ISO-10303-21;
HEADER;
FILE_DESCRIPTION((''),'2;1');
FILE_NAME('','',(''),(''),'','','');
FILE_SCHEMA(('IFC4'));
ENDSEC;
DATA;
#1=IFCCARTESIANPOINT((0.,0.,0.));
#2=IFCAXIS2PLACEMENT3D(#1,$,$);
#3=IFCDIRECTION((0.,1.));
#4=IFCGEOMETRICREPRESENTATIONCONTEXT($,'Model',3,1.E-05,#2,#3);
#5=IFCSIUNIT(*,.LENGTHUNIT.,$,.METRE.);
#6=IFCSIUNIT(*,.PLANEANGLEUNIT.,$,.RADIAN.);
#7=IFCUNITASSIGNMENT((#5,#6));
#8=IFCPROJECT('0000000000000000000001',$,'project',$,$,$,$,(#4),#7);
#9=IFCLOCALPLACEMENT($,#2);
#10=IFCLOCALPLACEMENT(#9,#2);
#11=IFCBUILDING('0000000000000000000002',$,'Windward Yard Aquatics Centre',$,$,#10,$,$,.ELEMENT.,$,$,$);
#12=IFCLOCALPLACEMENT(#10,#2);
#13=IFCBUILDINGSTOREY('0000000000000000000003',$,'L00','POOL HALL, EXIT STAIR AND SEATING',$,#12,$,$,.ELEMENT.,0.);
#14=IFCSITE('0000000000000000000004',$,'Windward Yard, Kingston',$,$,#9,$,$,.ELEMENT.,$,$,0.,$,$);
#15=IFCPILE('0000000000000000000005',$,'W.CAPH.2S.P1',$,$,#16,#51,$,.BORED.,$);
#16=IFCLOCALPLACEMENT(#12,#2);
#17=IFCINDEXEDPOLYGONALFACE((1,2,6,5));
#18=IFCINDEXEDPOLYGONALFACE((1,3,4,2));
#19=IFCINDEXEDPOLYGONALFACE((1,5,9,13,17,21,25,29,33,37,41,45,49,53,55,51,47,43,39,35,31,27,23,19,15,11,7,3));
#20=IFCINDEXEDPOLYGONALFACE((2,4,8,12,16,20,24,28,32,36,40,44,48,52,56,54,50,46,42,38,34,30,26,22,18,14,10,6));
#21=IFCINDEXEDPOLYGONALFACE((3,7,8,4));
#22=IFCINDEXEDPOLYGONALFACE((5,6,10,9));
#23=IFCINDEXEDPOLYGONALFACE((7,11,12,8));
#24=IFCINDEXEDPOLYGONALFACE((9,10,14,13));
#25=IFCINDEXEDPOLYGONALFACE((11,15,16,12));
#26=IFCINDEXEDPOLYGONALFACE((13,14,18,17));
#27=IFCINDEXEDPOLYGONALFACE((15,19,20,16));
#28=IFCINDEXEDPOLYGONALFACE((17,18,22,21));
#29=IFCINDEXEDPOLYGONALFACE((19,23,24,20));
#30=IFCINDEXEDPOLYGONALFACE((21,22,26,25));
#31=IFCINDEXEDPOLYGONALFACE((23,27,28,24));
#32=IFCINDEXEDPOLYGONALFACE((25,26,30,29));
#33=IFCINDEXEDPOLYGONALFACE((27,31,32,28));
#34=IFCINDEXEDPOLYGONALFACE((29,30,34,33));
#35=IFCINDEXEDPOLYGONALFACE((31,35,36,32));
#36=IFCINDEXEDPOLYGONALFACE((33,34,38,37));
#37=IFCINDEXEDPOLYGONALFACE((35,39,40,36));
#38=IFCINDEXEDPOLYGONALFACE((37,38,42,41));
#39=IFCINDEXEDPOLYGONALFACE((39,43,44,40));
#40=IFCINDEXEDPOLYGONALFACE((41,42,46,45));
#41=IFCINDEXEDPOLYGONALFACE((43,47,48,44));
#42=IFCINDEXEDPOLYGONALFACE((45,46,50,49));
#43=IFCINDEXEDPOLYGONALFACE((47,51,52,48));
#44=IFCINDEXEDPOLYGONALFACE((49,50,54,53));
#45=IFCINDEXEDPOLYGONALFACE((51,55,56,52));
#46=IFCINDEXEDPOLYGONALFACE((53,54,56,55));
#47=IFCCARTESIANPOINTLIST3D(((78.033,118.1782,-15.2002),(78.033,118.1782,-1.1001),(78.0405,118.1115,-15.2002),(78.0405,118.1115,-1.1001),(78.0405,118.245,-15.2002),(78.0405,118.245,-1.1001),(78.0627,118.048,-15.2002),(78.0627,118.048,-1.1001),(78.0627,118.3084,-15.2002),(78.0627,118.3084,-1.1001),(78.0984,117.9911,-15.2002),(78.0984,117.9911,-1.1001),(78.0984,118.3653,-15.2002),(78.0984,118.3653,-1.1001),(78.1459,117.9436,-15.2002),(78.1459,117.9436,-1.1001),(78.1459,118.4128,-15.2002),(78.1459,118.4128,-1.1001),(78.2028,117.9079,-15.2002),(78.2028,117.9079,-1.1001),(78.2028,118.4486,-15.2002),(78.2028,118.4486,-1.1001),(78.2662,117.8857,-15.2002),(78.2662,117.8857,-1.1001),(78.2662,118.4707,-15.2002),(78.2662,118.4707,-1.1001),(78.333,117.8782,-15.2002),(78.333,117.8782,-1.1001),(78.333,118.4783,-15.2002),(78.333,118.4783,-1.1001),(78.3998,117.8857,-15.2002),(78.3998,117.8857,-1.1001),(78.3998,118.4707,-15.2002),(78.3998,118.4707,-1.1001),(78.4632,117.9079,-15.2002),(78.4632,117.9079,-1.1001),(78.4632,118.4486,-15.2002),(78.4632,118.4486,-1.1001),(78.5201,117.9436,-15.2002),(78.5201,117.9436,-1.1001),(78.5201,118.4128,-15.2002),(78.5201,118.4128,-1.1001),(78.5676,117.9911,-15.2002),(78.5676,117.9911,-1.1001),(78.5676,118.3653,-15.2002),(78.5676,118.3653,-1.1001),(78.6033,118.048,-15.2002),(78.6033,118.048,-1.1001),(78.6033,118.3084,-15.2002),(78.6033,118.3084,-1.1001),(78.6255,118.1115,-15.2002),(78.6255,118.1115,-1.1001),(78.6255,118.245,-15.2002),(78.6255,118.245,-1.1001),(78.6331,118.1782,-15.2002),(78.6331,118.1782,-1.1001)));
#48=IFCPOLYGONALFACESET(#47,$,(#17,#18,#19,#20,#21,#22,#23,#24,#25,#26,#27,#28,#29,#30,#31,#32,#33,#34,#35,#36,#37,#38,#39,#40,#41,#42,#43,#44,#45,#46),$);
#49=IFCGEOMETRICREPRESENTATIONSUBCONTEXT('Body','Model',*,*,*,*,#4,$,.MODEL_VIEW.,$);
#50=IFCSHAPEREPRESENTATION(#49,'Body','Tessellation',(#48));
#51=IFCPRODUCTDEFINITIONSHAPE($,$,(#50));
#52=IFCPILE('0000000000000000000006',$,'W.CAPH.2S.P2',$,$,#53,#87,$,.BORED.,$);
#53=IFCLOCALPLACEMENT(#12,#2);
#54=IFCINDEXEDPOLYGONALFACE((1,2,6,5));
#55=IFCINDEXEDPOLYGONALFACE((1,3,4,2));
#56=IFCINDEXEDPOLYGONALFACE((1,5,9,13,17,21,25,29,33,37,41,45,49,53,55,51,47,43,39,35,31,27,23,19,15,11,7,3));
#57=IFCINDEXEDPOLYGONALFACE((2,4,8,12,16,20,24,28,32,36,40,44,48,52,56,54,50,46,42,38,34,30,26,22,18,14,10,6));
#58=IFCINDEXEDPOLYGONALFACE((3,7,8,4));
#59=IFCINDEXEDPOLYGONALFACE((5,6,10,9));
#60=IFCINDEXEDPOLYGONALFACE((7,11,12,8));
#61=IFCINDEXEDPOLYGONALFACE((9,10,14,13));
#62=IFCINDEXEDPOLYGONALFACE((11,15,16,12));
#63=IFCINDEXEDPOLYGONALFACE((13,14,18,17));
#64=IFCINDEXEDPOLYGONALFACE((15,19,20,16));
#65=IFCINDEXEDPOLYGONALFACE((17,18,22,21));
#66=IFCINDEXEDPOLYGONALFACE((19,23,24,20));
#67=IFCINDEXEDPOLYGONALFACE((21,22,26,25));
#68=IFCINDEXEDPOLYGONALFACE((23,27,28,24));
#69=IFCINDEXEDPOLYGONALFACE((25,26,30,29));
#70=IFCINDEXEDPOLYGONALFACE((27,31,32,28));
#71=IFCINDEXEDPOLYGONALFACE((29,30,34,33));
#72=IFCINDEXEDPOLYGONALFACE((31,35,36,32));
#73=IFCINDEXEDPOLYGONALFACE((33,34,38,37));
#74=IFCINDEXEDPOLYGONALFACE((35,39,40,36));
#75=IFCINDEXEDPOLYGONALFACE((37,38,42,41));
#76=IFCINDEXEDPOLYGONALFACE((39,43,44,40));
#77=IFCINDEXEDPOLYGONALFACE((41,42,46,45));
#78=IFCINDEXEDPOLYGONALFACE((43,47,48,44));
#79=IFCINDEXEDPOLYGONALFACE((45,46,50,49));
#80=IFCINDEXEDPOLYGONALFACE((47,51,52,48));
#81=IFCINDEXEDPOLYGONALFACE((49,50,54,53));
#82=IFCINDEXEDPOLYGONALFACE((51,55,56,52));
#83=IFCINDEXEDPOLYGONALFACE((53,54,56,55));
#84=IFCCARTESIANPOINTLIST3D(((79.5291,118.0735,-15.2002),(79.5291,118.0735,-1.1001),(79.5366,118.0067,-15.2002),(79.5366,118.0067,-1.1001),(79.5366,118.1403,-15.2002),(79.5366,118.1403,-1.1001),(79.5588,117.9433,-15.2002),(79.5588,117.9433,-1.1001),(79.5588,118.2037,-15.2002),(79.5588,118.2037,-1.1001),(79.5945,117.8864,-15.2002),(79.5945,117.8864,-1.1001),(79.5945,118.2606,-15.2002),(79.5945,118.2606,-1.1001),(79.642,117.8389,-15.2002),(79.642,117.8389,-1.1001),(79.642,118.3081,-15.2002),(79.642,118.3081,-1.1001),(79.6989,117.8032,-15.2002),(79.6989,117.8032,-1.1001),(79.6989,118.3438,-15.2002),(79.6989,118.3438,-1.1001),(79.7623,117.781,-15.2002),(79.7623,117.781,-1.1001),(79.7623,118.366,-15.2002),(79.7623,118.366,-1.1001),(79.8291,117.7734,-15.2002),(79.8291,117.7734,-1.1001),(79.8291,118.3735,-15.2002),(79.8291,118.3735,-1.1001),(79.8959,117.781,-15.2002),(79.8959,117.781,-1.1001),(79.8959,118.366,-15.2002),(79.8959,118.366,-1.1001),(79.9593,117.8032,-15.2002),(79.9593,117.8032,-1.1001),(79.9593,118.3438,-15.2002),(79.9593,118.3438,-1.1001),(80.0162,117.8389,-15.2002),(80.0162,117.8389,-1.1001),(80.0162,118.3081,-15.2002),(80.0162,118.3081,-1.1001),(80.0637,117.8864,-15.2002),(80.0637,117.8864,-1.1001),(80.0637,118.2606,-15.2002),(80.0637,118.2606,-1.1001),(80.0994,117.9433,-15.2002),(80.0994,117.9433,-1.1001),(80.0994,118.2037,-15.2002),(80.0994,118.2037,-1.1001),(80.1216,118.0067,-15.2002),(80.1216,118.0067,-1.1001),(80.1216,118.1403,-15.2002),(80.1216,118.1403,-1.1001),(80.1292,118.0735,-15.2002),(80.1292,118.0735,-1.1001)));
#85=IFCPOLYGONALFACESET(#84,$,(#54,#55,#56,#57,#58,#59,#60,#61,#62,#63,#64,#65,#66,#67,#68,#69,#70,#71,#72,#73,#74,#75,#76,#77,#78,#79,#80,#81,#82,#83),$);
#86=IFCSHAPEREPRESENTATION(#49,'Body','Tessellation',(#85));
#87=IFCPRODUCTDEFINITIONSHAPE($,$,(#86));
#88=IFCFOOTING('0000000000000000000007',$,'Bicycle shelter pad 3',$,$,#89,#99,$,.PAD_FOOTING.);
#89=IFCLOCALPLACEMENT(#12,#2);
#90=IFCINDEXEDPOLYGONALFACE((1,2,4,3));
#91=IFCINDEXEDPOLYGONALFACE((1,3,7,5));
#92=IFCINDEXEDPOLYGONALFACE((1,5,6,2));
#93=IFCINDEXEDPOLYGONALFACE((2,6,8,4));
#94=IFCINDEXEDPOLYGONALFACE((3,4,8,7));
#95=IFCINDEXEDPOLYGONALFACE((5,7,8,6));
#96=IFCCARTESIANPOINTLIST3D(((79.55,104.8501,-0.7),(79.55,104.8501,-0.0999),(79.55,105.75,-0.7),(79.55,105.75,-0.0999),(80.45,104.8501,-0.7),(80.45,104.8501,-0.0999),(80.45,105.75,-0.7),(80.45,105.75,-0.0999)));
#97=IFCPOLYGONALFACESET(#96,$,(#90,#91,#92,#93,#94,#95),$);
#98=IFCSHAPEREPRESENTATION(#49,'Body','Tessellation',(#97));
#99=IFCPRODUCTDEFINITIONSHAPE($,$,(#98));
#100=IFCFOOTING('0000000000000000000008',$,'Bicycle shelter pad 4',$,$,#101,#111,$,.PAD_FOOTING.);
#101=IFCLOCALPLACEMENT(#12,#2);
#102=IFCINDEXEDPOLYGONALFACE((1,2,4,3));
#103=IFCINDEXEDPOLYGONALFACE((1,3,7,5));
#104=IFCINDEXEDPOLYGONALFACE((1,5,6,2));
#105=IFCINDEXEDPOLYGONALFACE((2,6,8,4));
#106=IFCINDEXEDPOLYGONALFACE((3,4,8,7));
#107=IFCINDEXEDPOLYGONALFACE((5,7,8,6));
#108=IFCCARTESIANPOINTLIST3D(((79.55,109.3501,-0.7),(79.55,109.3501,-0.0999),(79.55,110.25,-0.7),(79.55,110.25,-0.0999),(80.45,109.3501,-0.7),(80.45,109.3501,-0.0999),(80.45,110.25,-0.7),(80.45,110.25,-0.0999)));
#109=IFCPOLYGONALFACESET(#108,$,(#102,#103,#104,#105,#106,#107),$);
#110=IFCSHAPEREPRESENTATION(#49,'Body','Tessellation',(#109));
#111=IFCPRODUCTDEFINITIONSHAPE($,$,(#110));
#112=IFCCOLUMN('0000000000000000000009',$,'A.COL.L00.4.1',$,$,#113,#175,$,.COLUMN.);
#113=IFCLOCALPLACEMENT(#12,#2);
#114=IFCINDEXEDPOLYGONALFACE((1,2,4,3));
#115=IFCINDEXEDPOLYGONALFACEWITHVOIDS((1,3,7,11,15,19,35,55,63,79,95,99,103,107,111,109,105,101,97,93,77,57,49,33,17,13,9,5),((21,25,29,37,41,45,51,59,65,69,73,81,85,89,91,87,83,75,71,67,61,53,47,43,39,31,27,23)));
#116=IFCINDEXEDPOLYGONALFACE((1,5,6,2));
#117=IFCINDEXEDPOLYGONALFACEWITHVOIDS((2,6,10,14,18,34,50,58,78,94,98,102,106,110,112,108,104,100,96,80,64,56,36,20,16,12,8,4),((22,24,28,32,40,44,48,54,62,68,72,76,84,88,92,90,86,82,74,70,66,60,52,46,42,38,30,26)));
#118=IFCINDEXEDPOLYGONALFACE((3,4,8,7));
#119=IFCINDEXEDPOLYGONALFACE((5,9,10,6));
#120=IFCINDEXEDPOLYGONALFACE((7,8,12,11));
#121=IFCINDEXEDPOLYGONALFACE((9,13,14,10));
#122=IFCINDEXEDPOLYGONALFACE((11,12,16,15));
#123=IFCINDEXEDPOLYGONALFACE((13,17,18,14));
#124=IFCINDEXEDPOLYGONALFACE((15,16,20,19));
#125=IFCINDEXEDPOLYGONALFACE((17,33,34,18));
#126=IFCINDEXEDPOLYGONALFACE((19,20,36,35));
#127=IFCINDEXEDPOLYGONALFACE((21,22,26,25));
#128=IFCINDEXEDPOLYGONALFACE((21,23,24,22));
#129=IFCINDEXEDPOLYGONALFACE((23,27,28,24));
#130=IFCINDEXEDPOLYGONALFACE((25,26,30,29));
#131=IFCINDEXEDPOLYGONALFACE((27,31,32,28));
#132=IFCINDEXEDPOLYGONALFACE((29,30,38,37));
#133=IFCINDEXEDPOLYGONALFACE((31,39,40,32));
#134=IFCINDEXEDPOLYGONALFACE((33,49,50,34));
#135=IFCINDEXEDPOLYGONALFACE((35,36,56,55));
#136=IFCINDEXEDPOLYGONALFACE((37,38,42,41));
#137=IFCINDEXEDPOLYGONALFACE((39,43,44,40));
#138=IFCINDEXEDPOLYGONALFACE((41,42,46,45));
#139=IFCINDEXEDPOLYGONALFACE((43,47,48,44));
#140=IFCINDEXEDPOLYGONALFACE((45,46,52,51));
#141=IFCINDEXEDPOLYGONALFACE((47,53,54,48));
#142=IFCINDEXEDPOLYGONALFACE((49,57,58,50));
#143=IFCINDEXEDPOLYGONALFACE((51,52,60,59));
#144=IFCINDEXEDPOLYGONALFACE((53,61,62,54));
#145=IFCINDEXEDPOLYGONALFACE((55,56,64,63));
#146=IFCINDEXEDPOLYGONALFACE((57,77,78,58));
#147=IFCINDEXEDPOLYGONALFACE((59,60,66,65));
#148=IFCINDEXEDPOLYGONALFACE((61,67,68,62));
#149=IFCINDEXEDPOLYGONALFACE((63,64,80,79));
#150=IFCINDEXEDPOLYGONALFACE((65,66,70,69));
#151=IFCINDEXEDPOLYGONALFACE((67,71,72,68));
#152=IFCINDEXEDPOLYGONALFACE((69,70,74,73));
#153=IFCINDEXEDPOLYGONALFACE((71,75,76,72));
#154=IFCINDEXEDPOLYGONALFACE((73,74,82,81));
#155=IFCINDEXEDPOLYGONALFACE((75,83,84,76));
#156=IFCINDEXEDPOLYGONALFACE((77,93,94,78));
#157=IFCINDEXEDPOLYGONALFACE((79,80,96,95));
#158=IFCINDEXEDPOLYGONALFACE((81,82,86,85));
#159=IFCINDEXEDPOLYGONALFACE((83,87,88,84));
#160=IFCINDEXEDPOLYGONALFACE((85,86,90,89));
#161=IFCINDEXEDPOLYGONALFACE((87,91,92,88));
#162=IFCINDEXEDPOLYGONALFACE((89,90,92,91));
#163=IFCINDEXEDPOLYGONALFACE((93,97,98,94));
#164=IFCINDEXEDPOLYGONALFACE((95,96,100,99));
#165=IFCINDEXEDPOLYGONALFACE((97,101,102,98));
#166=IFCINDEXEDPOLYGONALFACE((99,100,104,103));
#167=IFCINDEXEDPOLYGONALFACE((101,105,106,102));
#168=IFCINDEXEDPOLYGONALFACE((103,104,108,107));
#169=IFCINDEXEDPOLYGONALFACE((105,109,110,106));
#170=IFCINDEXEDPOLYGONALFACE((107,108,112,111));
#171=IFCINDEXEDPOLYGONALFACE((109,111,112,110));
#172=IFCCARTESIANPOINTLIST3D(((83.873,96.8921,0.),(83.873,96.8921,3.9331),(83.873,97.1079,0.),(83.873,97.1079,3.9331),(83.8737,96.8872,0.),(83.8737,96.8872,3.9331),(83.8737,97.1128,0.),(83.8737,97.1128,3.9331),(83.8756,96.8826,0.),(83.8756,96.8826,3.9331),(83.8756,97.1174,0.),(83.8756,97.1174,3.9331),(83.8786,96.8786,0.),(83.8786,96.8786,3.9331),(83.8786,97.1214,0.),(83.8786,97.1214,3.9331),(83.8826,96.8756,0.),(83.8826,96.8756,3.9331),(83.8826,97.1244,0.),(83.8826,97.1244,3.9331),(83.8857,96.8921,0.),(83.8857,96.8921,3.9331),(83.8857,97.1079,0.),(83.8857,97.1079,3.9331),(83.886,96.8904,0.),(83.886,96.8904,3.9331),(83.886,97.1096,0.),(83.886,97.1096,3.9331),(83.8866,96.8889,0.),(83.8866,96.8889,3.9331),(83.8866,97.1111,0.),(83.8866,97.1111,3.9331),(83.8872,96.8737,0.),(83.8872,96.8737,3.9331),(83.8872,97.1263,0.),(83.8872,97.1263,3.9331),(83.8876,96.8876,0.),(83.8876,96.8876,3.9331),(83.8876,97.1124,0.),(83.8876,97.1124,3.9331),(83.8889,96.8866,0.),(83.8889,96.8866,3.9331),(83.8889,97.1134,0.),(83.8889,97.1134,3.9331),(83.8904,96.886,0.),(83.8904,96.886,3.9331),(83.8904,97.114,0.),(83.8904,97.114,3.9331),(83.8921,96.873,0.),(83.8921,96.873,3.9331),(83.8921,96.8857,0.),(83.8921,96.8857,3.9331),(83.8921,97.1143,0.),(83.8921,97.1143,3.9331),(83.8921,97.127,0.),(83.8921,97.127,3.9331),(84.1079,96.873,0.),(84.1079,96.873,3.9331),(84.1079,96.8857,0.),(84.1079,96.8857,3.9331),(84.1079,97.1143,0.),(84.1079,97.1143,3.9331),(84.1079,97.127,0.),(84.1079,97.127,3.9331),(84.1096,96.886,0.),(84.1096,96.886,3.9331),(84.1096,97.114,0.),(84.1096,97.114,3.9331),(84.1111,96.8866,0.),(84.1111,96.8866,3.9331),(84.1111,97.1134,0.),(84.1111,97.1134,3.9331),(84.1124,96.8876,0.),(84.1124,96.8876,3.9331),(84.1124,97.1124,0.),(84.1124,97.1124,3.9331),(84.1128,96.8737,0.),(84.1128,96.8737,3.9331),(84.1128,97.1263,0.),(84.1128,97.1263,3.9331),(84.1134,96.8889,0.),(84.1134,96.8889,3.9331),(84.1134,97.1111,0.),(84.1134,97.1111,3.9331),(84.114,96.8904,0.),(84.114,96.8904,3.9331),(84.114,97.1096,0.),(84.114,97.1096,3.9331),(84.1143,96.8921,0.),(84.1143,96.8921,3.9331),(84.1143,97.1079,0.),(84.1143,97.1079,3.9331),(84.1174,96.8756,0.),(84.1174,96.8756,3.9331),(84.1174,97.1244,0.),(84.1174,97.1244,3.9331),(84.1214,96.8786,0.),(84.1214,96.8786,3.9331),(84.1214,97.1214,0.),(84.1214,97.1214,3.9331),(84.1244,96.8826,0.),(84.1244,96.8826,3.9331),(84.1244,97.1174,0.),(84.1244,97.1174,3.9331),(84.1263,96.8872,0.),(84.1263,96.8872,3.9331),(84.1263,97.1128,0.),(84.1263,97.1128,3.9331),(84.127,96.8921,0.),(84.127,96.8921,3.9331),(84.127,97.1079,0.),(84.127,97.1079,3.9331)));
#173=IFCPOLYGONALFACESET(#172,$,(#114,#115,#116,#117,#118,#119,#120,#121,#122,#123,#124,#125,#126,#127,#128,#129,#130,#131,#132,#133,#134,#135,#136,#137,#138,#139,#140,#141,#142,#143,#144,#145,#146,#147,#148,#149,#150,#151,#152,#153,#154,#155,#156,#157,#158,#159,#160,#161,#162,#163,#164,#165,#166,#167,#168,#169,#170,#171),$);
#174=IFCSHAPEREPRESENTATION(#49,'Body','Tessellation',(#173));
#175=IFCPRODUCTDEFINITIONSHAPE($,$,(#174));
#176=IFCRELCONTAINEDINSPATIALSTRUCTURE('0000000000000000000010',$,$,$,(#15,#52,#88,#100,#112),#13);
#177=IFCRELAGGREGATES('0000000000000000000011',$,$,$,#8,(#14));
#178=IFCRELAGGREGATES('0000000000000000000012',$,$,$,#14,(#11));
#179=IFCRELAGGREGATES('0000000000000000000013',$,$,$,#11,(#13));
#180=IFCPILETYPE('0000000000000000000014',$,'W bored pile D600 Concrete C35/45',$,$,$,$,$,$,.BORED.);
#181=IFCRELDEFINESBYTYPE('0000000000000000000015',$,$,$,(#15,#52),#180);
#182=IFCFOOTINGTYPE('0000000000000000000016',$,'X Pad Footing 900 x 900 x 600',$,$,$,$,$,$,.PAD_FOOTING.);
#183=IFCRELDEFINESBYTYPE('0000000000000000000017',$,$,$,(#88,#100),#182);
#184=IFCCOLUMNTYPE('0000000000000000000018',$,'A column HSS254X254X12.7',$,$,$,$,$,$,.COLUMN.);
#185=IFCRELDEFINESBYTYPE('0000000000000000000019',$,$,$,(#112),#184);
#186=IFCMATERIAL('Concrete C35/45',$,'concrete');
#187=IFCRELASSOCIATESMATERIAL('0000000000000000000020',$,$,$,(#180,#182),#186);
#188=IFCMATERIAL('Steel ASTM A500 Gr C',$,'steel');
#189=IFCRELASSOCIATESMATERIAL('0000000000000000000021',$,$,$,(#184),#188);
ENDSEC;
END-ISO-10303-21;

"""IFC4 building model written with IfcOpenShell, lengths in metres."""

from ifc_helpers import new_model, si_unit, direction, frame, origin, origin_2d, place, context, subcontext, project, spatial, rectangle, hollow_rectangle, circle, extrude, material, material_profile, profile_set, type_object, element, save


model = new_model("IFC4")

# Units and contexts
model_context = context("Model", 3, precision=1e-05, world=origin(), true_north=direction((0.0, 1.0)))
body_context = subcontext(model_context, "Body", "Model", "MODEL_VIEW")
ifc_project = project(units=[si_unit("LENGTHUNIT", "METRE"), si_unit("PLANEANGLEUNIT", "RADIAN")], contexts=[model_context])

# Site, building, storey
site_placement = place(None, origin())
site = spatial("IfcSite", under=ifc_project, at=site_placement, Name="Windward Yard, Kingston", CompositionType="ELEMENT", RefElevation=0.0)
building_placement = place(site_placement, origin())
building = spatial("IfcBuilding", under=site, at=building_placement, Name="Windward Yard Aquatics Centre", CompositionType="ELEMENT")
storey_placement = place(building_placement, origin())
storey = spatial("IfcBuildingStorey", under=building, at=storey_placement, Name="L00", Description="POOL HALL, EXIT STAIR AND SEATING", CompositionType="ELEMENT", Elevation=0.0)

# Shared definitions
ifc_material_1 = material(Name="Concrete C35/45", Category="concrete")

# Piles
ifc_material_profile_1 = material_profile(ifc_material_1, circle(Radius=0.3, at=origin_2d()), Name="D600")
ifc_profile_set_1 = profile_set([ifc_material_profile_1], Name="Concrete C35/45")
pile_type_1 = type_object("IfcPileType", Name="W bored pile D600 Concrete C35/45", PredefinedType="BORED", material=ifc_profile_set_1)
for number, where, z_axis, x_axis, name in (
    (1, (78.333, 118.1782, -1.1001), (0.0, 0.0, -1.0), (1.0, 0.0, 0.0), "W.CAPH.2S.P1"),
    (2, (79.8291, 118.0735, -1.1001), (0.0, 0.0, -1.0), (1.0, 0.0, 0.0), "W.CAPH.2S.P2"),
):
    element("IfcPile", number, at=place(storey_placement, frame(where, z_axis=z_axis, x_axis=x_axis)), inside=storey, type_object=pile_type_1, Name=name, PredefinedType="BORED", context=body_context, shape_type="SweptSolid", body=[
        extrude(circle(Radius=0.3, at=origin_2d()), origin(), (0.0, 0.0, 1.0), 14.1001),
    ])

# Footings
footing_type_1 = type_object("IfcFootingType", Name="X Pad Footing 900 x 900 x 600", PredefinedType="PAD_FOOTING", material=ifc_material_1)
for number, where, z_axis, x_axis, name in (
    (3, (80.0, 105.3, -0.7), (0.0, 0.0, 1.0), (1.0, 0.0, 0.0), "Bicycle shelter pad 3"),
    (4, (80.0, 109.8, -0.7), (0.0, 0.0, 1.0), (1.0, 0.0, 0.0), "Bicycle shelter pad 4"),
):
    element("IfcFooting", number, at=place(storey_placement, frame(where, z_axis=z_axis, x_axis=x_axis)), inside=storey, type_object=footing_type_1, Name=name, PredefinedType="PAD_FOOTING", context=body_context, shape_type="SweptSolid", body=[
        extrude(rectangle(XDim=0.8999, YDim=0.8999, at=origin_2d()), origin(), (0.0, 0.0, 1.0), 0.6001),
    ])

# Column
ifc_material_2 = material(Name="Steel ASTM A500 Gr C", Category="steel")
ifc_material_profile_2 = material_profile(ifc_material_2, hollow_rectangle(XDim=0.2539, YDim=0.2539, WallThickness=0.0127, InnerFilletRadius=0.0063, OuterFilletRadius=0.019, at=origin_2d()), Name="HSS254X254X12.7")
ifc_profile_set_2 = profile_set([ifc_material_profile_2], Name="Steel ASTM A500 Gr C")
column_type_1 = type_object("IfcColumnType", Name="A column HSS254X254X12.7", PredefinedType="COLUMN", material=ifc_profile_set_2)
for number, where, z_axis, x_axis, name in (
    (5, (84.0, 97.0, 0.0), (0.0, 0.0, 1.0), (1.0, 0.0, 0.0), "A.COL.L00.4.1"),
):
    element("IfcColumn", number, at=place(storey_placement, frame(where, z_axis=z_axis, x_axis=x_axis)), inside=storey, type_object=column_type_1, Name=name, PredefinedType="COLUMN", context=body_context, shape_type="SweptSolid", body=[
        extrude(hollow_rectangle(XDim=0.2539, YDim=0.2539, WallThickness=0.0127, InnerFilletRadius=0.0063, OuterFilletRadius=0.019, at=origin_2d()), origin(), (0.0, 0.0, 1.0), 3.9331),
    ])

save(model, "model.ifc")
